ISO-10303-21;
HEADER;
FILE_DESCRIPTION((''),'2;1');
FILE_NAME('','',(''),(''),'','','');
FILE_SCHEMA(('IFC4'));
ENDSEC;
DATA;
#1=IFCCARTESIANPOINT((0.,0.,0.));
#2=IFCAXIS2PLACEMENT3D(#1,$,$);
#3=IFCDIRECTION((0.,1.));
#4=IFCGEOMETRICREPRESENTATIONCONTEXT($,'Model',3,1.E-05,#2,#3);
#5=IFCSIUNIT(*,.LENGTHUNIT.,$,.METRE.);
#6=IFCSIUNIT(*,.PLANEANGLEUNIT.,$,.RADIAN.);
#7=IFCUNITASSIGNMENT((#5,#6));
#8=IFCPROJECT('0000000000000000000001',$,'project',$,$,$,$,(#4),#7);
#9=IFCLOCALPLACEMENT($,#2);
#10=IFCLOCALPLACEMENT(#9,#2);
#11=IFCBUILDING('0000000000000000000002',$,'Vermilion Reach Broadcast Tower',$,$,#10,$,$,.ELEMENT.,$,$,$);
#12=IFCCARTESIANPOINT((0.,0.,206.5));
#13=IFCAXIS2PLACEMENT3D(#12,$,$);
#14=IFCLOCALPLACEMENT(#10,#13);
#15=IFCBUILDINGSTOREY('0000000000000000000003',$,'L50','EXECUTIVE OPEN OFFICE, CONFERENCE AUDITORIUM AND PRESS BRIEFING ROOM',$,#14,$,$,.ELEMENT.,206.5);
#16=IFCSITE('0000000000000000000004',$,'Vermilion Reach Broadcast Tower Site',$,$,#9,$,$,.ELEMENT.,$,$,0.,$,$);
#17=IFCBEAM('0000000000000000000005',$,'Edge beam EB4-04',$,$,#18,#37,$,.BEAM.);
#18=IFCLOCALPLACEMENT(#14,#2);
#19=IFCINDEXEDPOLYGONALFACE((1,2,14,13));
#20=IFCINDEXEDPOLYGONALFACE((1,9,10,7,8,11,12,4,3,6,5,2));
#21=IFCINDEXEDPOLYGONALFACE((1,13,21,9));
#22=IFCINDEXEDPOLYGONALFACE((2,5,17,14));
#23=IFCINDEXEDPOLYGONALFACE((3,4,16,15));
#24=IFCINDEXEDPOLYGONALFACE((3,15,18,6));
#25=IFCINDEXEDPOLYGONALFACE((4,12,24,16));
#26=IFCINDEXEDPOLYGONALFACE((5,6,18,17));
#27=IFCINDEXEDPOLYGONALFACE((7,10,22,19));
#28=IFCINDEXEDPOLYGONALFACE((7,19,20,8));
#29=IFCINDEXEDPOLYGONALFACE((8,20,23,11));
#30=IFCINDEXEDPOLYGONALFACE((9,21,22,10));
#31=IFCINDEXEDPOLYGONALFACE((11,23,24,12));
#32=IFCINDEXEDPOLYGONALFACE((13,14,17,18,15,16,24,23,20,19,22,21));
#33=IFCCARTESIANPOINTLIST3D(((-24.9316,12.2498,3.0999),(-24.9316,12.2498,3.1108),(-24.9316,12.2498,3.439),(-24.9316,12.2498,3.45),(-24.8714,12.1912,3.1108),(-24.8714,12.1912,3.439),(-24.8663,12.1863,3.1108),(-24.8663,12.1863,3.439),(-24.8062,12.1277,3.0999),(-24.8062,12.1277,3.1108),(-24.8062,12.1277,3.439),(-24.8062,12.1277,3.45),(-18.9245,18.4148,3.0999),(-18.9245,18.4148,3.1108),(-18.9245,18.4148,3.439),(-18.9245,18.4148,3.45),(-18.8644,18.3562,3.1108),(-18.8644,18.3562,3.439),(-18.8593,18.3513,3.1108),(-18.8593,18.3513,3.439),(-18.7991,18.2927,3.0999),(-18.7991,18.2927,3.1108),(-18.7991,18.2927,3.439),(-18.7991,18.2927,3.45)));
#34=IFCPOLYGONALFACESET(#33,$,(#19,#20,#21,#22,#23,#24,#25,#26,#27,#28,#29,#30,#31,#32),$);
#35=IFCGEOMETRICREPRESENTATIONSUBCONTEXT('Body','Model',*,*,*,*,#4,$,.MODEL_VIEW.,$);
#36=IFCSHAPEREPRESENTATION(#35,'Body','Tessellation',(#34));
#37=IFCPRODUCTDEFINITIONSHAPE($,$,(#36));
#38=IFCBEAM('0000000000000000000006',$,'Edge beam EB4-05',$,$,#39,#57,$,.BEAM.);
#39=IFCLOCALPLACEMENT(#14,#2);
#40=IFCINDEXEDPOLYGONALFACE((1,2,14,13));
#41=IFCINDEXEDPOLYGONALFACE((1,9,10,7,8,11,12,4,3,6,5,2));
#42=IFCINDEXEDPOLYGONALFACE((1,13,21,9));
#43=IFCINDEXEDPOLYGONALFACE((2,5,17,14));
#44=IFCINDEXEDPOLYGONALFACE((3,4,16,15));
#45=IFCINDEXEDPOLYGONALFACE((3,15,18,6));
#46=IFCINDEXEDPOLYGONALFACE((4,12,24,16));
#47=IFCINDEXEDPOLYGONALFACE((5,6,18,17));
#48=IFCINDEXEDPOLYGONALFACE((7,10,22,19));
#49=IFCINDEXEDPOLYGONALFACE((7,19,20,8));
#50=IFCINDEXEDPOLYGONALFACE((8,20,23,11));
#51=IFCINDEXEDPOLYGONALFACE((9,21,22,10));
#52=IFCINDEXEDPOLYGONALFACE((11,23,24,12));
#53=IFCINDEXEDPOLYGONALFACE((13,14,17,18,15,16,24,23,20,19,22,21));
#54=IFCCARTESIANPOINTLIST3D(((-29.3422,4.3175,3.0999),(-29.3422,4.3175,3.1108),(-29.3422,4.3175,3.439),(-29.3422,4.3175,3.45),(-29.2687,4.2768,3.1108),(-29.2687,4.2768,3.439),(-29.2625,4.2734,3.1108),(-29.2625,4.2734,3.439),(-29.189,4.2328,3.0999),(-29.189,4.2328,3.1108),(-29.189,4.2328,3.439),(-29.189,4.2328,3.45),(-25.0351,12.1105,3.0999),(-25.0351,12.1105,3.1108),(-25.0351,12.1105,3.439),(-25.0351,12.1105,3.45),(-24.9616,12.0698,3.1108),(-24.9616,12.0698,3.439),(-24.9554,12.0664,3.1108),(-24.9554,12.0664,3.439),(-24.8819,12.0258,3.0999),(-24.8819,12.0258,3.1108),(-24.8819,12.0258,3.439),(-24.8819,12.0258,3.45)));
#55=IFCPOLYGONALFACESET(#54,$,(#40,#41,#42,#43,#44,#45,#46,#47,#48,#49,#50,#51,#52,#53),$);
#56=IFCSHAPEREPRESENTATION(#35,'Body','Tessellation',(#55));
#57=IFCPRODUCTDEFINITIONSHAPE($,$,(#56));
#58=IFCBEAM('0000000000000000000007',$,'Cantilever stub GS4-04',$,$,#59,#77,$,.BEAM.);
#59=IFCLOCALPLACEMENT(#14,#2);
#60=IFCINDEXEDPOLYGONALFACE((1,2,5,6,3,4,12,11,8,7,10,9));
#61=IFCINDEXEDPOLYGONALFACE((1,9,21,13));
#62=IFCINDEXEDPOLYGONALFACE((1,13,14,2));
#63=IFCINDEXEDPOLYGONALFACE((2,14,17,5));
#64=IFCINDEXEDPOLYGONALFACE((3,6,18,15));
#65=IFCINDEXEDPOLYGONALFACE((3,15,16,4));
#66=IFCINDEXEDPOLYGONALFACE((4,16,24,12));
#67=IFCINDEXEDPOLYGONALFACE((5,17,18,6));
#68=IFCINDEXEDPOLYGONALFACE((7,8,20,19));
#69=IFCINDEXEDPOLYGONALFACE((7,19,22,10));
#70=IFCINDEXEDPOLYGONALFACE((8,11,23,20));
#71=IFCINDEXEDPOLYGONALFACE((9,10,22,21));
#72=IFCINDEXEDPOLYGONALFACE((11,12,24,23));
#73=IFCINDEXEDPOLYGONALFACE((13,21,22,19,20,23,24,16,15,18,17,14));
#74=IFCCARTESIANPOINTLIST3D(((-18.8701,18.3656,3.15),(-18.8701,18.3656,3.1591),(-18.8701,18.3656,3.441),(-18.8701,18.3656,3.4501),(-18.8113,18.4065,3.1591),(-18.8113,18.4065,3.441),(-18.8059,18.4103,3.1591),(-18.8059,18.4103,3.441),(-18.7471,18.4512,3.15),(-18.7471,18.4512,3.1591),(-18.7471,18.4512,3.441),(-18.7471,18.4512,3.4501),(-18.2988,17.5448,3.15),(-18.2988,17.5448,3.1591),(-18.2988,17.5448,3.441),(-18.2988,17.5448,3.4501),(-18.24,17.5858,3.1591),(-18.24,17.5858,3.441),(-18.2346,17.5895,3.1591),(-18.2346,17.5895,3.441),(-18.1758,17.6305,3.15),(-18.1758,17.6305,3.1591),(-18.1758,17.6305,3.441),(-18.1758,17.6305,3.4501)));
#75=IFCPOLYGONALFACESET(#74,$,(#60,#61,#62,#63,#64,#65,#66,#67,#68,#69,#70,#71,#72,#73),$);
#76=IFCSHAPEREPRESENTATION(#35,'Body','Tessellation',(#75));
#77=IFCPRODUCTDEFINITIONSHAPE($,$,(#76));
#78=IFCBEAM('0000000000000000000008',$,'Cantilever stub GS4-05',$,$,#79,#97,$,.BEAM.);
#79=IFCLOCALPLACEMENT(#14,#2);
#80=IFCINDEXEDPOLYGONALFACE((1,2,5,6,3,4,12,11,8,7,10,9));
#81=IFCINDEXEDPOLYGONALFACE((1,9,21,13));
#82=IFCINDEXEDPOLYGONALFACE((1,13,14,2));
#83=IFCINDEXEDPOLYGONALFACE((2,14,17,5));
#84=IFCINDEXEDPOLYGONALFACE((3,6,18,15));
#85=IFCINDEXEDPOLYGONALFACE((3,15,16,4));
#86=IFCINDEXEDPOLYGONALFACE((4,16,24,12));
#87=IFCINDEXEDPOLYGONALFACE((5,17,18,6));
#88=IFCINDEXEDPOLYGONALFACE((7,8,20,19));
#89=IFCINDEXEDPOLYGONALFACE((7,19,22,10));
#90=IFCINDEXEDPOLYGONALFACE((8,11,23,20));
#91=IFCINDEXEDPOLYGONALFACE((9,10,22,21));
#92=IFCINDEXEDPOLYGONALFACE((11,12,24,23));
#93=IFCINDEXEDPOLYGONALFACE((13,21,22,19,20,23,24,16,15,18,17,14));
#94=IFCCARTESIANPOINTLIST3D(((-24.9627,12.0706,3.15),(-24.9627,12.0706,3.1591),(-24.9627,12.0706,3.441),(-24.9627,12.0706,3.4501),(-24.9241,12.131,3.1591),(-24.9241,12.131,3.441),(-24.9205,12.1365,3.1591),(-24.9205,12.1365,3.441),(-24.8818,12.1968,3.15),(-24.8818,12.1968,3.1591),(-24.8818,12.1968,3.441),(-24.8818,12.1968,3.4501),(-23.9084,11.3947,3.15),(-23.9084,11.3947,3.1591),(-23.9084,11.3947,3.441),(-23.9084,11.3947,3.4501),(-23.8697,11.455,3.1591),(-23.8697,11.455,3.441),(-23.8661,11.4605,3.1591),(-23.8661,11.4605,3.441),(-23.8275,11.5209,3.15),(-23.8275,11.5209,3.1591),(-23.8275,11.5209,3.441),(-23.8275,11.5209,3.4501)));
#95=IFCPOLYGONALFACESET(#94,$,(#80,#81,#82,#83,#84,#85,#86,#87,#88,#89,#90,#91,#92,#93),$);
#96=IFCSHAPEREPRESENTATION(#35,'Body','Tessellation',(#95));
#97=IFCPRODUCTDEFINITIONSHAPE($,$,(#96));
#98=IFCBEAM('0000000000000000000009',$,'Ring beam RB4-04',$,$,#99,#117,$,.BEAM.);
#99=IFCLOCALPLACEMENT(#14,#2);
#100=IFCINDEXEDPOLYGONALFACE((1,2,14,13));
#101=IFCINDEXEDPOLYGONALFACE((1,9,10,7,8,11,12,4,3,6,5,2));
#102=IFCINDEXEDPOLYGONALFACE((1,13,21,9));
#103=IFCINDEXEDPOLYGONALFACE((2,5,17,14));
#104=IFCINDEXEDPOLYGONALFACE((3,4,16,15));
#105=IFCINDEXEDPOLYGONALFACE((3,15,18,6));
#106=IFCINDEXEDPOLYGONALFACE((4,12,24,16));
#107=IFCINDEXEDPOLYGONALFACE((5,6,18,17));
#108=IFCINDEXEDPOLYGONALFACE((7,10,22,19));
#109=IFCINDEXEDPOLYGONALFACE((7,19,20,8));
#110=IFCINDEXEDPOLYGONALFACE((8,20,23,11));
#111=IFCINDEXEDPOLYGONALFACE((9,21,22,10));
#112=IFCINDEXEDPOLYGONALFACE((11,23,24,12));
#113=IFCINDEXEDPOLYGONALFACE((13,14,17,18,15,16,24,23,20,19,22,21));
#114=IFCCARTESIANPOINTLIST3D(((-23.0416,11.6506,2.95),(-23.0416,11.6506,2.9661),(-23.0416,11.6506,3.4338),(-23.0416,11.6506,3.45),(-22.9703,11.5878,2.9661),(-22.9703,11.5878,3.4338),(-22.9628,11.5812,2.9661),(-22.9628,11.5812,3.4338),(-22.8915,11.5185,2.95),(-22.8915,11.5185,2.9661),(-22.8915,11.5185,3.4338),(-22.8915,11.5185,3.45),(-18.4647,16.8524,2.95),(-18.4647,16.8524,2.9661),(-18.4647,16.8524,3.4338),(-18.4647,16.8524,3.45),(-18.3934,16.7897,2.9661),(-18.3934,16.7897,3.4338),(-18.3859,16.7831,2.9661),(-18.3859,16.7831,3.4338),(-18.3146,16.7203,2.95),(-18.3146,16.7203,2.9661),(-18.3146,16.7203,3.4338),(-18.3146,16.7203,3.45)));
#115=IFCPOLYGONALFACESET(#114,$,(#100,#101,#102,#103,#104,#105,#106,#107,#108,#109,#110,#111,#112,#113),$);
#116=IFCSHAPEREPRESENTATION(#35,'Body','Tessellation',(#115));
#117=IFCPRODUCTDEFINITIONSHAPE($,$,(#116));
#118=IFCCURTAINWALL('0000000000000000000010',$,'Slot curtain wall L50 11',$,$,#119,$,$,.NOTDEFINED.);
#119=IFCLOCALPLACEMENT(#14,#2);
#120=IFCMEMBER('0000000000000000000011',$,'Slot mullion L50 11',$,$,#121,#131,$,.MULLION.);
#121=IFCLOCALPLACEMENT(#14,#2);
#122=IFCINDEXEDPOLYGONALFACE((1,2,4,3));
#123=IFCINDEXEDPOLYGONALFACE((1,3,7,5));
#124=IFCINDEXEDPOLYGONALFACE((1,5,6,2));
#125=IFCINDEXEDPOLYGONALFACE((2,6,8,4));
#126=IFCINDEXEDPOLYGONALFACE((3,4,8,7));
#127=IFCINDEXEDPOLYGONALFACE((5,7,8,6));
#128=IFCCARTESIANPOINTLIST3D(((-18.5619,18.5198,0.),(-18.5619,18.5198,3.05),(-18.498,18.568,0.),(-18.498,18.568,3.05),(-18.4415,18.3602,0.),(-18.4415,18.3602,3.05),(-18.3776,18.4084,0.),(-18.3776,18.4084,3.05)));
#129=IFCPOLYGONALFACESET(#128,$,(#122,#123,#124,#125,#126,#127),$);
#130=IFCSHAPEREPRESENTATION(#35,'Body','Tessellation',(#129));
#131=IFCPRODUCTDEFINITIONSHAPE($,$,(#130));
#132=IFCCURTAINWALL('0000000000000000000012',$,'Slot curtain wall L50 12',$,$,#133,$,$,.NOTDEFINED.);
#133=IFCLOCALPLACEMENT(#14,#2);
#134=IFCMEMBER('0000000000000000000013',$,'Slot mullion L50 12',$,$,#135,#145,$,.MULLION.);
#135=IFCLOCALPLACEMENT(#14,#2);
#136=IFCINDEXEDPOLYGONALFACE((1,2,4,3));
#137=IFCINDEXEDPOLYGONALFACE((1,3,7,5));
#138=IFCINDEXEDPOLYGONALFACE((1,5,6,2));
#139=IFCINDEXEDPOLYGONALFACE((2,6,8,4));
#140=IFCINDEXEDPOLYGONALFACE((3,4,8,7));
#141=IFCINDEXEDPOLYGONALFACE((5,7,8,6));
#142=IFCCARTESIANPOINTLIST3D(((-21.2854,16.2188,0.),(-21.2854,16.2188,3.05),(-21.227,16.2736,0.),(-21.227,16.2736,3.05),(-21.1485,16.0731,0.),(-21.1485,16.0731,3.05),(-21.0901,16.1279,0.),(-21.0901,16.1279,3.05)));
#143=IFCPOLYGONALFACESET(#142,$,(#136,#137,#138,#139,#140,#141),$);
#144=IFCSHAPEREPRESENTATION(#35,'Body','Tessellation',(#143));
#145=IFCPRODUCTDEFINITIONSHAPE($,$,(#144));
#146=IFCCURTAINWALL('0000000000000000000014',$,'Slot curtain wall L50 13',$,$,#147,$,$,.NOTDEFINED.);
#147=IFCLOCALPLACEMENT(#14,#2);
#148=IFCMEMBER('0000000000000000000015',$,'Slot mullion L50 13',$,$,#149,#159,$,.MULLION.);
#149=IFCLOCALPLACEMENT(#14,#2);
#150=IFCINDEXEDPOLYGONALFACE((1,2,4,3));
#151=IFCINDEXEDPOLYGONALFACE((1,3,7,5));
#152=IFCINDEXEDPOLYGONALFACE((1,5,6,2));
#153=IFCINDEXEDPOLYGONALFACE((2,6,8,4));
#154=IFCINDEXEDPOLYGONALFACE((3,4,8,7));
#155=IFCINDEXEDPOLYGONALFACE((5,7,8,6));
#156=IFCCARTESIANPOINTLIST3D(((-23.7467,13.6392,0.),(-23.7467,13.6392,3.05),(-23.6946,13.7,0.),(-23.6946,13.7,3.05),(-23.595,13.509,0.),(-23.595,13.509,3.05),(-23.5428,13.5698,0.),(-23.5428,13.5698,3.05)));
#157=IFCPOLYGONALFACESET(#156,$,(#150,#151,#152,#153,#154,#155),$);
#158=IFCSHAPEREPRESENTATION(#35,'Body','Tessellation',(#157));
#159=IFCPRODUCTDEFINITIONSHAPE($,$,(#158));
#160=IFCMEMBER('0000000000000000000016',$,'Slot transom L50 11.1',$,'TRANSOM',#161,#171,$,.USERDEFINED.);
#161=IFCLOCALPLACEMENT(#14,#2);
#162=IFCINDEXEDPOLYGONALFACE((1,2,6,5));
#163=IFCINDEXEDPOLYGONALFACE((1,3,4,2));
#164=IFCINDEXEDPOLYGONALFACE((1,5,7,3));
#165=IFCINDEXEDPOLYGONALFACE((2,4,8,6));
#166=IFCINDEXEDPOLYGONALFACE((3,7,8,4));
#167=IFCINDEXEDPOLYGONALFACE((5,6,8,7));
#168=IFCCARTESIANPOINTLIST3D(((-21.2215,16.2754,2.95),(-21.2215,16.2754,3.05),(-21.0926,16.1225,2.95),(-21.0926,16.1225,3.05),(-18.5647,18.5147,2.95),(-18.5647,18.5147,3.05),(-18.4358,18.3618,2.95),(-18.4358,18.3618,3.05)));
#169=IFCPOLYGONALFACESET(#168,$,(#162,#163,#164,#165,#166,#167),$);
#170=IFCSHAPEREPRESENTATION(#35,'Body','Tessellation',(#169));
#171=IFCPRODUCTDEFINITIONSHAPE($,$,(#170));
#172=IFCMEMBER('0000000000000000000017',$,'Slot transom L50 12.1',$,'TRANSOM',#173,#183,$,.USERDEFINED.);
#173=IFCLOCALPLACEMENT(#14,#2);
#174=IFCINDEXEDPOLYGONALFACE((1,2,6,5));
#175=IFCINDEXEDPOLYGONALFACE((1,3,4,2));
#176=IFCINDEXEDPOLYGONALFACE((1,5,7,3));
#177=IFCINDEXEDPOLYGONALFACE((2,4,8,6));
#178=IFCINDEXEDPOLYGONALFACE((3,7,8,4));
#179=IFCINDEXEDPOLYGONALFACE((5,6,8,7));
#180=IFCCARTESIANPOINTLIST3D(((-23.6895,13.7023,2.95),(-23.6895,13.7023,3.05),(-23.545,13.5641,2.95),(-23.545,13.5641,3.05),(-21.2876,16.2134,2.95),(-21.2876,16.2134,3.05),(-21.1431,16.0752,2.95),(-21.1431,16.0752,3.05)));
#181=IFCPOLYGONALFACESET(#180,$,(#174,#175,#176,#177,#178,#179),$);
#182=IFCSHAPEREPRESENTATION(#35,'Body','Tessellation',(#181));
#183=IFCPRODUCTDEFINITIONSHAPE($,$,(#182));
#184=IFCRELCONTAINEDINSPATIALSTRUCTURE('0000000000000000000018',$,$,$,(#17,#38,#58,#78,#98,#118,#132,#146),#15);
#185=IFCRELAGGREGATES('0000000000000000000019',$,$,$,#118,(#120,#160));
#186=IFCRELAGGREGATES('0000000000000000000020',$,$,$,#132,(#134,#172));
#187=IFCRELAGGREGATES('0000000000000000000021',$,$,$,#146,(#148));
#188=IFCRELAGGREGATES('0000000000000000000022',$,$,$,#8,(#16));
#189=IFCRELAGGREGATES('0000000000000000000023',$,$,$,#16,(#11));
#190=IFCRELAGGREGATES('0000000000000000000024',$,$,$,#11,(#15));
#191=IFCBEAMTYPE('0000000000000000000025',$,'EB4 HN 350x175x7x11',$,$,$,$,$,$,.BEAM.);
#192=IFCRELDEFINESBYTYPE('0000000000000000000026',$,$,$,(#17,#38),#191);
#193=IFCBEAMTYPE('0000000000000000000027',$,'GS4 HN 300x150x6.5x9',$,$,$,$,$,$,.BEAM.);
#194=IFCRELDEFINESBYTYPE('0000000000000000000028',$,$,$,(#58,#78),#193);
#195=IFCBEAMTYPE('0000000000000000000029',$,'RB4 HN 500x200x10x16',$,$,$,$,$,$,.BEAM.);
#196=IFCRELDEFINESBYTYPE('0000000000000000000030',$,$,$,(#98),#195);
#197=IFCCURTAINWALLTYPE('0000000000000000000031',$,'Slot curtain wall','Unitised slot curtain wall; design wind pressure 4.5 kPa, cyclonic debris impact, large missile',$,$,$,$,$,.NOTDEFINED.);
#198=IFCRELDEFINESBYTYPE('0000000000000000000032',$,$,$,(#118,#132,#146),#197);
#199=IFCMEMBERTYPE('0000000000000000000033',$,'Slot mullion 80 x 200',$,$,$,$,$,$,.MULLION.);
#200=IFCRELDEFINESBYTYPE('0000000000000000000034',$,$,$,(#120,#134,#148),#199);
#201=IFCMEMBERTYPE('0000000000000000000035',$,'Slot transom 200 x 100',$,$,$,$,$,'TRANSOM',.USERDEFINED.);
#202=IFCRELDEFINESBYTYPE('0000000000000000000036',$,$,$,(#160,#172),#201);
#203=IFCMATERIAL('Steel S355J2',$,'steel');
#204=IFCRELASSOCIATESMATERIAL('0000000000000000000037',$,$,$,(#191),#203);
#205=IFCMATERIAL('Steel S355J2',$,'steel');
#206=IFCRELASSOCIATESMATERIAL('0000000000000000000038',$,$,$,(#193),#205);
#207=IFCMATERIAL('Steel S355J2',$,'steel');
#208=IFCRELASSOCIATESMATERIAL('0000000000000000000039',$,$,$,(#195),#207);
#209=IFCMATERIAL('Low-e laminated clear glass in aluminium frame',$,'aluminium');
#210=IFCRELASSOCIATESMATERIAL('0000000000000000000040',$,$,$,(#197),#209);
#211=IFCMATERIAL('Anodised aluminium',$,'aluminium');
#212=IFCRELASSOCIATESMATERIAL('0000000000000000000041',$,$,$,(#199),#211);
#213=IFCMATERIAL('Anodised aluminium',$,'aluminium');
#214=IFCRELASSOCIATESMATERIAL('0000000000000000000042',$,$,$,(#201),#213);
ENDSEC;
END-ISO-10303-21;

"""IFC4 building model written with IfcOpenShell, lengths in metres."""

from ifc_helpers import new_model, si_unit, direction, frame, origin, origin_2d, place, context, subcontext, project, spatial, rectangle, i_section, extrude, material, material_profile, profile_set, type_object, element, aggregate, save


model = new_model("IFC4")

# Units and contexts
model_context = context("Model", 3, precision=1e-05, world=origin(), true_north=direction((0.0, 1.0)))
body_context = subcontext(model_context, "Body", "Model", "MODEL_VIEW")
ifc_project = project(units=[si_unit("LENGTHUNIT", "METRE"), si_unit("PLANEANGLEUNIT", "RADIAN")], contexts=[model_context])

# Site, building, storey
site_placement = place(None, origin())
site = spatial("IfcSite", under=ifc_project, at=site_placement, Name="Vermilion Reach Broadcast Tower Site", CompositionType="ELEMENT", RefElevation=0.0)
building_placement = place(site_placement, origin())
building = spatial("IfcBuilding", under=site, at=building_placement, Name="Vermilion Reach Broadcast Tower", CompositionType="ELEMENT")
storey_placement = place(building_placement, frame((0.0, 0.0, 206.5)))
storey = spatial("IfcBuildingStorey", under=building, at=storey_placement, Name="L50", Description="EXECUTIVE OPEN OFFICE, CONFERENCE AUDITORIUM AND PRESS BRIEFING ROOM", CompositionType="ELEMENT", Elevation=206.5)

# Beams
ifc_material_1 = material(Name="Steel S355J2", Category="steel")
ifc_material_profile_1 = material_profile(ifc_material_1, i_section(OverallWidth=0.175, OverallDepth=0.3501, WebThickness=0.0071, FlangeThickness=0.011, at=origin_2d()), Name="S355J2 HN 350x175x7x11")
ifc_profile_set_1 = profile_set([ifc_material_profile_1], Name="Steel S355J2")
beam_type_1 = type_object("IfcBeamType", Name="EB4 HN 350x175x7x11", PredefinedType="BEAM", material=ifc_profile_set_1)
beam_1_placement = place(storey_placement, frame((-18.8618, 18.3538, 3.2749), z_axis=(-0.697872, -0.716223, 0.0), x_axis=(0.716223, -0.697872, 0.0)))
element("IfcBeam", 1, at=beam_1_placement, inside=storey, type_object=beam_type_1, Name="Edge beam EB4-04", PredefinedType="BEAM", context=body_context, shape_type="SweptSolid", body=[
    extrude(i_section(OverallWidth=0.175, OverallDepth=0.3501, WebThickness=0.0071, FlangeThickness=0.011, at=origin_2d()), origin(), (0.0, 0.0, 1.0), 8.6077),
])
beam_2_placement = place(storey_placement, frame((-24.9585, 12.0681, 3.2749), z_axis=(-0.483728, -0.875218, 0.0), x_axis=(0.875218, -0.483728, 0.0)))
element("IfcBeam", 2, at=beam_2_placement, inside=storey, type_object=beam_type_1, Name="Edge beam EB4-05", PredefinedType="BEAM", context=body_context, shape_type="SweptSolid", body=[
    extrude(i_section(OverallWidth=0.175, OverallDepth=0.3501, WebThickness=0.0071, FlangeThickness=0.011, at=origin_2d()), origin(), (0.0, 0.0, 1.0), 8.9041),
])
ifc_material_2 = material(Name="Steel S355J2", Category="steel")
ifc_material_profile_2 = material_profile(ifc_material_2, i_section(OverallWidth=0.1499, OverallDepth=0.3, WebThickness=0.0066, FlangeThickness=0.009, at=origin_2d()), Name="S355J2 HN 300x150x6.5x9")
ifc_profile_set_2 = profile_set([ifc_material_profile_2], Name="Steel S355J2")
beam_type_2 = type_object("IfcBeamType", Name="GS4 HN 300x150x6.5x9", PredefinedType="BEAM", material=ifc_profile_set_2)
beam_3_placement = place(storey_placement, frame((-18.2373, 17.5876, 3.3), z_axis=(-0.571265, 0.820766, 0.0), x_axis=(-0.820766, -0.571265, 0.0)))
element("IfcBeam", 3, at=beam_3_placement, inside=storey, type_object=beam_type_2, Name="Cantilever stub GS4-04", PredefinedType="BEAM", context=body_context, shape_type="SweptSolid", body=[
    extrude(i_section(OverallWidth=0.1499, OverallDepth=0.3, WebThickness=0.0066, FlangeThickness=0.009, at=origin_2d()), origin(), (0.0, 0.0, 1.0), 1.0),
])
beam_4_placement = place(storey_placement, frame((-23.8679, 11.4578, 3.3), z_axis=(-0.841843, 0.539723, 0.0), x_axis=(-0.539723, -0.841843, 0.0)))
element("IfcBeam", 4, at=beam_4_placement, inside=storey, type_object=beam_type_2, Name="Cantilever stub GS4-05", PredefinedType="BEAM", context=body_context, shape_type="SweptSolid", body=[
    extrude(i_section(OverallWidth=0.1499, OverallDepth=0.3, WebThickness=0.0066, FlangeThickness=0.009, at=origin_2d()), origin(), (0.0, 0.0, 1.0), 1.2524),
])
ifc_material_3 = material(Name="Steel S355J2", Category="steel")
ifc_material_profile_3 = material_profile(ifc_material_3, i_section(OverallWidth=0.2, OverallDepth=0.5, WebThickness=0.01, FlangeThickness=0.0161, at=origin_2d()), Name="S355J2 HN 500x200x10x16")
ifc_profile_set_3 = profile_set([ifc_material_profile_3], Name="Steel S355J2")
beam_type_3 = type_object("IfcBeamType", Name="RB4 HN 500x200x10x16", PredefinedType="BEAM", material=ifc_profile_set_3)
beam_5_placement = place(storey_placement, frame((-18.3896, 16.7864, 3.2), z_axis=(-0.660565, -0.750769, 0.0), x_axis=(0.750769, -0.660565, 0.0)))
element("IfcBeam", 5, at=beam_5_placement, inside=storey, type_object=beam_type_3, Name="Ring beam RB4-04", PredefinedType="BEAM", context=body_context, shape_type="SweptSolid", body=[
    extrude(i_section(OverallWidth=0.2, OverallDepth=0.5, WebThickness=0.01, FlangeThickness=0.0161, at=origin_2d()), origin(), (0.0, 0.0, 1.0), 6.9287),
])

# Curtain walls, members
ifc_material_4 = material(Name="Low-e laminated clear glass in aluminium frame", Category="aluminium")
curtain_wall_type = type_object("IfcCurtainWallType", Name="Slot curtain wall", Description="Unitised slot curtain wall; design wind pressure 4.5 kPa, cyclonic debris impact, large missile", PredefinedType="NOTDEFINED", material=ifc_material_4)
placement = place(storey_placement, origin())
curtain_wall_1 = element("IfcCurtainWall", 6, at=placement, inside=storey, type_object=curtain_wall_type, Name="Slot curtain wall L50 11", PredefinedType="NOTDEFINED")
ifc_material_5 = material(Name="Anodised aluminium", Category="aluminium")
ifc_material_profile_4 = material_profile(ifc_material_5, rectangle(XDim=0.2, YDim=0.0801, at=origin_2d()), Name="Slot mullion 80 x 200")
ifc_profile_set_4 = profile_set([ifc_material_profile_4], Name="Anodised aluminium")
member_type_1 = type_object("IfcMemberType", Name="Slot mullion 80 x 200", PredefinedType="MULLION", material=ifc_profile_set_4)
member_1_placement = place(storey_placement, frame((-18.4697, 18.4641, 0.0), z_axis=(0.0, 0.0, 1.0), x_axis=(0.60229, -0.798278, 0.0)))
member_1 = element("IfcMember", 7, at=member_1_placement, type_object=member_type_1, Name="Slot mullion L50 11", PredefinedType="MULLION", context=body_context, shape_type="SweptSolid", body=[
    extrude(rectangle(XDim=0.2, YDim=0.0801, at=origin_2d()), origin(), (0.0, 0.0, 1.0), 3.05),
])
curtain_wall_2 = element("IfcCurtainWall", 8, at=placement, inside=storey, type_object=curtain_wall_type, Name="Slot curtain wall L50 12", PredefinedType="NOTDEFINED")
member_2_placement = place(storey_placement, frame((-21.1877, 16.1733, 0.0), z_axis=(0.0, 0.0, 1.0), x_axis=(0.684547, -0.728969, 0.0)))
member_2 = element("IfcMember", 9, at=member_2_placement, type_object=member_type_1, Name="Slot mullion L50 12", PredefinedType="MULLION", context=body_context, shape_type="SweptSolid", body=[
    extrude(rectangle(XDim=0.2, YDim=0.0801, at=origin_2d()), origin(), (0.0, 0.0, 1.0), 3.05),
])
curtain_wall_3 = element("IfcCurtainWall", 10, at=placement, inside=storey, type_object=curtain_wall_type, Name="Slot curtain wall L50 13", PredefinedType="NOTDEFINED")
member_3_placement = place(storey_placement, frame((-23.6448, 13.6045, 0.0), z_axis=(0.0, 0.0, 1.0), x_axis=(0.758884, -0.651226, 0.0)))
member_3 = element("IfcMember", 11, at=member_3_placement, type_object=member_type_1, Name="Slot mullion L50 13", PredefinedType="MULLION", context=body_context, shape_type="SweptSolid", body=[
    extrude(rectangle(XDim=0.2, YDim=0.0801, at=origin_2d()), origin(), (0.0, 0.0, 1.0), 3.05),
])

# Members
ifc_material_6 = material(Name="Anodised aluminium", Category="aluminium")
ifc_material_profile_5 = material_profile(ifc_material_6, rectangle(XDim=0.2, YDim=0.1001, at=origin_2d()), Name="Slot transom 200 x 100")
ifc_profile_set_5 = profile_set([ifc_material_profile_5], Name="Anodised aluminium")
member_type_2 = type_object("IfcMemberType", Name="Slot transom 200 x 100", ElementType="TRANSOM", PredefinedType="USERDEFINED", material=ifc_profile_set_5)
member_4_placement = place(storey_placement, frame((-18.5002, 18.4382, 3.0), z_axis=(-0.764627, -0.644473, 0.0), x_axis=(0.644473, -0.764627, 0.0)))
member_4 = element("IfcMember", 12, at=member_4_placement, type_object=member_type_2, Name="Slot transom L50 11.1", ObjectType="TRANSOM", PredefinedType="USERDEFINED", context=body_context, shape_type="SweptSolid", body=[
    extrude(rectangle(XDim=0.2, YDim=0.1001, at=origin_2d()), origin(), (0.0, 0.0, 1.0), 3.4746),
])
member_5_placement = place(storey_placement, frame((-21.2153, 16.1443, 3.0), z_axis=(-0.691229, -0.722636, 0.0), x_axis=(0.722636, -0.691229, 0.0)))
member_5 = element("IfcMember", 13, at=member_5_placement, type_object=member_type_2, Name="Slot transom L50 12.1", ObjectType="TRANSOM", PredefinedType="USERDEFINED", context=body_context, shape_type="SweptSolid", body=[
    extrude(rectangle(XDim=0.2, YDim=0.1001, at=origin_2d()), origin(), (0.0, 0.0, 1.0), 3.4749),
])

aggregate(curtain_wall_1, [member_1, member_4])
aggregate(curtain_wall_2, [member_2, member_5])
aggregate(curtain_wall_3, [member_3])

save(model, "model.ifc")
